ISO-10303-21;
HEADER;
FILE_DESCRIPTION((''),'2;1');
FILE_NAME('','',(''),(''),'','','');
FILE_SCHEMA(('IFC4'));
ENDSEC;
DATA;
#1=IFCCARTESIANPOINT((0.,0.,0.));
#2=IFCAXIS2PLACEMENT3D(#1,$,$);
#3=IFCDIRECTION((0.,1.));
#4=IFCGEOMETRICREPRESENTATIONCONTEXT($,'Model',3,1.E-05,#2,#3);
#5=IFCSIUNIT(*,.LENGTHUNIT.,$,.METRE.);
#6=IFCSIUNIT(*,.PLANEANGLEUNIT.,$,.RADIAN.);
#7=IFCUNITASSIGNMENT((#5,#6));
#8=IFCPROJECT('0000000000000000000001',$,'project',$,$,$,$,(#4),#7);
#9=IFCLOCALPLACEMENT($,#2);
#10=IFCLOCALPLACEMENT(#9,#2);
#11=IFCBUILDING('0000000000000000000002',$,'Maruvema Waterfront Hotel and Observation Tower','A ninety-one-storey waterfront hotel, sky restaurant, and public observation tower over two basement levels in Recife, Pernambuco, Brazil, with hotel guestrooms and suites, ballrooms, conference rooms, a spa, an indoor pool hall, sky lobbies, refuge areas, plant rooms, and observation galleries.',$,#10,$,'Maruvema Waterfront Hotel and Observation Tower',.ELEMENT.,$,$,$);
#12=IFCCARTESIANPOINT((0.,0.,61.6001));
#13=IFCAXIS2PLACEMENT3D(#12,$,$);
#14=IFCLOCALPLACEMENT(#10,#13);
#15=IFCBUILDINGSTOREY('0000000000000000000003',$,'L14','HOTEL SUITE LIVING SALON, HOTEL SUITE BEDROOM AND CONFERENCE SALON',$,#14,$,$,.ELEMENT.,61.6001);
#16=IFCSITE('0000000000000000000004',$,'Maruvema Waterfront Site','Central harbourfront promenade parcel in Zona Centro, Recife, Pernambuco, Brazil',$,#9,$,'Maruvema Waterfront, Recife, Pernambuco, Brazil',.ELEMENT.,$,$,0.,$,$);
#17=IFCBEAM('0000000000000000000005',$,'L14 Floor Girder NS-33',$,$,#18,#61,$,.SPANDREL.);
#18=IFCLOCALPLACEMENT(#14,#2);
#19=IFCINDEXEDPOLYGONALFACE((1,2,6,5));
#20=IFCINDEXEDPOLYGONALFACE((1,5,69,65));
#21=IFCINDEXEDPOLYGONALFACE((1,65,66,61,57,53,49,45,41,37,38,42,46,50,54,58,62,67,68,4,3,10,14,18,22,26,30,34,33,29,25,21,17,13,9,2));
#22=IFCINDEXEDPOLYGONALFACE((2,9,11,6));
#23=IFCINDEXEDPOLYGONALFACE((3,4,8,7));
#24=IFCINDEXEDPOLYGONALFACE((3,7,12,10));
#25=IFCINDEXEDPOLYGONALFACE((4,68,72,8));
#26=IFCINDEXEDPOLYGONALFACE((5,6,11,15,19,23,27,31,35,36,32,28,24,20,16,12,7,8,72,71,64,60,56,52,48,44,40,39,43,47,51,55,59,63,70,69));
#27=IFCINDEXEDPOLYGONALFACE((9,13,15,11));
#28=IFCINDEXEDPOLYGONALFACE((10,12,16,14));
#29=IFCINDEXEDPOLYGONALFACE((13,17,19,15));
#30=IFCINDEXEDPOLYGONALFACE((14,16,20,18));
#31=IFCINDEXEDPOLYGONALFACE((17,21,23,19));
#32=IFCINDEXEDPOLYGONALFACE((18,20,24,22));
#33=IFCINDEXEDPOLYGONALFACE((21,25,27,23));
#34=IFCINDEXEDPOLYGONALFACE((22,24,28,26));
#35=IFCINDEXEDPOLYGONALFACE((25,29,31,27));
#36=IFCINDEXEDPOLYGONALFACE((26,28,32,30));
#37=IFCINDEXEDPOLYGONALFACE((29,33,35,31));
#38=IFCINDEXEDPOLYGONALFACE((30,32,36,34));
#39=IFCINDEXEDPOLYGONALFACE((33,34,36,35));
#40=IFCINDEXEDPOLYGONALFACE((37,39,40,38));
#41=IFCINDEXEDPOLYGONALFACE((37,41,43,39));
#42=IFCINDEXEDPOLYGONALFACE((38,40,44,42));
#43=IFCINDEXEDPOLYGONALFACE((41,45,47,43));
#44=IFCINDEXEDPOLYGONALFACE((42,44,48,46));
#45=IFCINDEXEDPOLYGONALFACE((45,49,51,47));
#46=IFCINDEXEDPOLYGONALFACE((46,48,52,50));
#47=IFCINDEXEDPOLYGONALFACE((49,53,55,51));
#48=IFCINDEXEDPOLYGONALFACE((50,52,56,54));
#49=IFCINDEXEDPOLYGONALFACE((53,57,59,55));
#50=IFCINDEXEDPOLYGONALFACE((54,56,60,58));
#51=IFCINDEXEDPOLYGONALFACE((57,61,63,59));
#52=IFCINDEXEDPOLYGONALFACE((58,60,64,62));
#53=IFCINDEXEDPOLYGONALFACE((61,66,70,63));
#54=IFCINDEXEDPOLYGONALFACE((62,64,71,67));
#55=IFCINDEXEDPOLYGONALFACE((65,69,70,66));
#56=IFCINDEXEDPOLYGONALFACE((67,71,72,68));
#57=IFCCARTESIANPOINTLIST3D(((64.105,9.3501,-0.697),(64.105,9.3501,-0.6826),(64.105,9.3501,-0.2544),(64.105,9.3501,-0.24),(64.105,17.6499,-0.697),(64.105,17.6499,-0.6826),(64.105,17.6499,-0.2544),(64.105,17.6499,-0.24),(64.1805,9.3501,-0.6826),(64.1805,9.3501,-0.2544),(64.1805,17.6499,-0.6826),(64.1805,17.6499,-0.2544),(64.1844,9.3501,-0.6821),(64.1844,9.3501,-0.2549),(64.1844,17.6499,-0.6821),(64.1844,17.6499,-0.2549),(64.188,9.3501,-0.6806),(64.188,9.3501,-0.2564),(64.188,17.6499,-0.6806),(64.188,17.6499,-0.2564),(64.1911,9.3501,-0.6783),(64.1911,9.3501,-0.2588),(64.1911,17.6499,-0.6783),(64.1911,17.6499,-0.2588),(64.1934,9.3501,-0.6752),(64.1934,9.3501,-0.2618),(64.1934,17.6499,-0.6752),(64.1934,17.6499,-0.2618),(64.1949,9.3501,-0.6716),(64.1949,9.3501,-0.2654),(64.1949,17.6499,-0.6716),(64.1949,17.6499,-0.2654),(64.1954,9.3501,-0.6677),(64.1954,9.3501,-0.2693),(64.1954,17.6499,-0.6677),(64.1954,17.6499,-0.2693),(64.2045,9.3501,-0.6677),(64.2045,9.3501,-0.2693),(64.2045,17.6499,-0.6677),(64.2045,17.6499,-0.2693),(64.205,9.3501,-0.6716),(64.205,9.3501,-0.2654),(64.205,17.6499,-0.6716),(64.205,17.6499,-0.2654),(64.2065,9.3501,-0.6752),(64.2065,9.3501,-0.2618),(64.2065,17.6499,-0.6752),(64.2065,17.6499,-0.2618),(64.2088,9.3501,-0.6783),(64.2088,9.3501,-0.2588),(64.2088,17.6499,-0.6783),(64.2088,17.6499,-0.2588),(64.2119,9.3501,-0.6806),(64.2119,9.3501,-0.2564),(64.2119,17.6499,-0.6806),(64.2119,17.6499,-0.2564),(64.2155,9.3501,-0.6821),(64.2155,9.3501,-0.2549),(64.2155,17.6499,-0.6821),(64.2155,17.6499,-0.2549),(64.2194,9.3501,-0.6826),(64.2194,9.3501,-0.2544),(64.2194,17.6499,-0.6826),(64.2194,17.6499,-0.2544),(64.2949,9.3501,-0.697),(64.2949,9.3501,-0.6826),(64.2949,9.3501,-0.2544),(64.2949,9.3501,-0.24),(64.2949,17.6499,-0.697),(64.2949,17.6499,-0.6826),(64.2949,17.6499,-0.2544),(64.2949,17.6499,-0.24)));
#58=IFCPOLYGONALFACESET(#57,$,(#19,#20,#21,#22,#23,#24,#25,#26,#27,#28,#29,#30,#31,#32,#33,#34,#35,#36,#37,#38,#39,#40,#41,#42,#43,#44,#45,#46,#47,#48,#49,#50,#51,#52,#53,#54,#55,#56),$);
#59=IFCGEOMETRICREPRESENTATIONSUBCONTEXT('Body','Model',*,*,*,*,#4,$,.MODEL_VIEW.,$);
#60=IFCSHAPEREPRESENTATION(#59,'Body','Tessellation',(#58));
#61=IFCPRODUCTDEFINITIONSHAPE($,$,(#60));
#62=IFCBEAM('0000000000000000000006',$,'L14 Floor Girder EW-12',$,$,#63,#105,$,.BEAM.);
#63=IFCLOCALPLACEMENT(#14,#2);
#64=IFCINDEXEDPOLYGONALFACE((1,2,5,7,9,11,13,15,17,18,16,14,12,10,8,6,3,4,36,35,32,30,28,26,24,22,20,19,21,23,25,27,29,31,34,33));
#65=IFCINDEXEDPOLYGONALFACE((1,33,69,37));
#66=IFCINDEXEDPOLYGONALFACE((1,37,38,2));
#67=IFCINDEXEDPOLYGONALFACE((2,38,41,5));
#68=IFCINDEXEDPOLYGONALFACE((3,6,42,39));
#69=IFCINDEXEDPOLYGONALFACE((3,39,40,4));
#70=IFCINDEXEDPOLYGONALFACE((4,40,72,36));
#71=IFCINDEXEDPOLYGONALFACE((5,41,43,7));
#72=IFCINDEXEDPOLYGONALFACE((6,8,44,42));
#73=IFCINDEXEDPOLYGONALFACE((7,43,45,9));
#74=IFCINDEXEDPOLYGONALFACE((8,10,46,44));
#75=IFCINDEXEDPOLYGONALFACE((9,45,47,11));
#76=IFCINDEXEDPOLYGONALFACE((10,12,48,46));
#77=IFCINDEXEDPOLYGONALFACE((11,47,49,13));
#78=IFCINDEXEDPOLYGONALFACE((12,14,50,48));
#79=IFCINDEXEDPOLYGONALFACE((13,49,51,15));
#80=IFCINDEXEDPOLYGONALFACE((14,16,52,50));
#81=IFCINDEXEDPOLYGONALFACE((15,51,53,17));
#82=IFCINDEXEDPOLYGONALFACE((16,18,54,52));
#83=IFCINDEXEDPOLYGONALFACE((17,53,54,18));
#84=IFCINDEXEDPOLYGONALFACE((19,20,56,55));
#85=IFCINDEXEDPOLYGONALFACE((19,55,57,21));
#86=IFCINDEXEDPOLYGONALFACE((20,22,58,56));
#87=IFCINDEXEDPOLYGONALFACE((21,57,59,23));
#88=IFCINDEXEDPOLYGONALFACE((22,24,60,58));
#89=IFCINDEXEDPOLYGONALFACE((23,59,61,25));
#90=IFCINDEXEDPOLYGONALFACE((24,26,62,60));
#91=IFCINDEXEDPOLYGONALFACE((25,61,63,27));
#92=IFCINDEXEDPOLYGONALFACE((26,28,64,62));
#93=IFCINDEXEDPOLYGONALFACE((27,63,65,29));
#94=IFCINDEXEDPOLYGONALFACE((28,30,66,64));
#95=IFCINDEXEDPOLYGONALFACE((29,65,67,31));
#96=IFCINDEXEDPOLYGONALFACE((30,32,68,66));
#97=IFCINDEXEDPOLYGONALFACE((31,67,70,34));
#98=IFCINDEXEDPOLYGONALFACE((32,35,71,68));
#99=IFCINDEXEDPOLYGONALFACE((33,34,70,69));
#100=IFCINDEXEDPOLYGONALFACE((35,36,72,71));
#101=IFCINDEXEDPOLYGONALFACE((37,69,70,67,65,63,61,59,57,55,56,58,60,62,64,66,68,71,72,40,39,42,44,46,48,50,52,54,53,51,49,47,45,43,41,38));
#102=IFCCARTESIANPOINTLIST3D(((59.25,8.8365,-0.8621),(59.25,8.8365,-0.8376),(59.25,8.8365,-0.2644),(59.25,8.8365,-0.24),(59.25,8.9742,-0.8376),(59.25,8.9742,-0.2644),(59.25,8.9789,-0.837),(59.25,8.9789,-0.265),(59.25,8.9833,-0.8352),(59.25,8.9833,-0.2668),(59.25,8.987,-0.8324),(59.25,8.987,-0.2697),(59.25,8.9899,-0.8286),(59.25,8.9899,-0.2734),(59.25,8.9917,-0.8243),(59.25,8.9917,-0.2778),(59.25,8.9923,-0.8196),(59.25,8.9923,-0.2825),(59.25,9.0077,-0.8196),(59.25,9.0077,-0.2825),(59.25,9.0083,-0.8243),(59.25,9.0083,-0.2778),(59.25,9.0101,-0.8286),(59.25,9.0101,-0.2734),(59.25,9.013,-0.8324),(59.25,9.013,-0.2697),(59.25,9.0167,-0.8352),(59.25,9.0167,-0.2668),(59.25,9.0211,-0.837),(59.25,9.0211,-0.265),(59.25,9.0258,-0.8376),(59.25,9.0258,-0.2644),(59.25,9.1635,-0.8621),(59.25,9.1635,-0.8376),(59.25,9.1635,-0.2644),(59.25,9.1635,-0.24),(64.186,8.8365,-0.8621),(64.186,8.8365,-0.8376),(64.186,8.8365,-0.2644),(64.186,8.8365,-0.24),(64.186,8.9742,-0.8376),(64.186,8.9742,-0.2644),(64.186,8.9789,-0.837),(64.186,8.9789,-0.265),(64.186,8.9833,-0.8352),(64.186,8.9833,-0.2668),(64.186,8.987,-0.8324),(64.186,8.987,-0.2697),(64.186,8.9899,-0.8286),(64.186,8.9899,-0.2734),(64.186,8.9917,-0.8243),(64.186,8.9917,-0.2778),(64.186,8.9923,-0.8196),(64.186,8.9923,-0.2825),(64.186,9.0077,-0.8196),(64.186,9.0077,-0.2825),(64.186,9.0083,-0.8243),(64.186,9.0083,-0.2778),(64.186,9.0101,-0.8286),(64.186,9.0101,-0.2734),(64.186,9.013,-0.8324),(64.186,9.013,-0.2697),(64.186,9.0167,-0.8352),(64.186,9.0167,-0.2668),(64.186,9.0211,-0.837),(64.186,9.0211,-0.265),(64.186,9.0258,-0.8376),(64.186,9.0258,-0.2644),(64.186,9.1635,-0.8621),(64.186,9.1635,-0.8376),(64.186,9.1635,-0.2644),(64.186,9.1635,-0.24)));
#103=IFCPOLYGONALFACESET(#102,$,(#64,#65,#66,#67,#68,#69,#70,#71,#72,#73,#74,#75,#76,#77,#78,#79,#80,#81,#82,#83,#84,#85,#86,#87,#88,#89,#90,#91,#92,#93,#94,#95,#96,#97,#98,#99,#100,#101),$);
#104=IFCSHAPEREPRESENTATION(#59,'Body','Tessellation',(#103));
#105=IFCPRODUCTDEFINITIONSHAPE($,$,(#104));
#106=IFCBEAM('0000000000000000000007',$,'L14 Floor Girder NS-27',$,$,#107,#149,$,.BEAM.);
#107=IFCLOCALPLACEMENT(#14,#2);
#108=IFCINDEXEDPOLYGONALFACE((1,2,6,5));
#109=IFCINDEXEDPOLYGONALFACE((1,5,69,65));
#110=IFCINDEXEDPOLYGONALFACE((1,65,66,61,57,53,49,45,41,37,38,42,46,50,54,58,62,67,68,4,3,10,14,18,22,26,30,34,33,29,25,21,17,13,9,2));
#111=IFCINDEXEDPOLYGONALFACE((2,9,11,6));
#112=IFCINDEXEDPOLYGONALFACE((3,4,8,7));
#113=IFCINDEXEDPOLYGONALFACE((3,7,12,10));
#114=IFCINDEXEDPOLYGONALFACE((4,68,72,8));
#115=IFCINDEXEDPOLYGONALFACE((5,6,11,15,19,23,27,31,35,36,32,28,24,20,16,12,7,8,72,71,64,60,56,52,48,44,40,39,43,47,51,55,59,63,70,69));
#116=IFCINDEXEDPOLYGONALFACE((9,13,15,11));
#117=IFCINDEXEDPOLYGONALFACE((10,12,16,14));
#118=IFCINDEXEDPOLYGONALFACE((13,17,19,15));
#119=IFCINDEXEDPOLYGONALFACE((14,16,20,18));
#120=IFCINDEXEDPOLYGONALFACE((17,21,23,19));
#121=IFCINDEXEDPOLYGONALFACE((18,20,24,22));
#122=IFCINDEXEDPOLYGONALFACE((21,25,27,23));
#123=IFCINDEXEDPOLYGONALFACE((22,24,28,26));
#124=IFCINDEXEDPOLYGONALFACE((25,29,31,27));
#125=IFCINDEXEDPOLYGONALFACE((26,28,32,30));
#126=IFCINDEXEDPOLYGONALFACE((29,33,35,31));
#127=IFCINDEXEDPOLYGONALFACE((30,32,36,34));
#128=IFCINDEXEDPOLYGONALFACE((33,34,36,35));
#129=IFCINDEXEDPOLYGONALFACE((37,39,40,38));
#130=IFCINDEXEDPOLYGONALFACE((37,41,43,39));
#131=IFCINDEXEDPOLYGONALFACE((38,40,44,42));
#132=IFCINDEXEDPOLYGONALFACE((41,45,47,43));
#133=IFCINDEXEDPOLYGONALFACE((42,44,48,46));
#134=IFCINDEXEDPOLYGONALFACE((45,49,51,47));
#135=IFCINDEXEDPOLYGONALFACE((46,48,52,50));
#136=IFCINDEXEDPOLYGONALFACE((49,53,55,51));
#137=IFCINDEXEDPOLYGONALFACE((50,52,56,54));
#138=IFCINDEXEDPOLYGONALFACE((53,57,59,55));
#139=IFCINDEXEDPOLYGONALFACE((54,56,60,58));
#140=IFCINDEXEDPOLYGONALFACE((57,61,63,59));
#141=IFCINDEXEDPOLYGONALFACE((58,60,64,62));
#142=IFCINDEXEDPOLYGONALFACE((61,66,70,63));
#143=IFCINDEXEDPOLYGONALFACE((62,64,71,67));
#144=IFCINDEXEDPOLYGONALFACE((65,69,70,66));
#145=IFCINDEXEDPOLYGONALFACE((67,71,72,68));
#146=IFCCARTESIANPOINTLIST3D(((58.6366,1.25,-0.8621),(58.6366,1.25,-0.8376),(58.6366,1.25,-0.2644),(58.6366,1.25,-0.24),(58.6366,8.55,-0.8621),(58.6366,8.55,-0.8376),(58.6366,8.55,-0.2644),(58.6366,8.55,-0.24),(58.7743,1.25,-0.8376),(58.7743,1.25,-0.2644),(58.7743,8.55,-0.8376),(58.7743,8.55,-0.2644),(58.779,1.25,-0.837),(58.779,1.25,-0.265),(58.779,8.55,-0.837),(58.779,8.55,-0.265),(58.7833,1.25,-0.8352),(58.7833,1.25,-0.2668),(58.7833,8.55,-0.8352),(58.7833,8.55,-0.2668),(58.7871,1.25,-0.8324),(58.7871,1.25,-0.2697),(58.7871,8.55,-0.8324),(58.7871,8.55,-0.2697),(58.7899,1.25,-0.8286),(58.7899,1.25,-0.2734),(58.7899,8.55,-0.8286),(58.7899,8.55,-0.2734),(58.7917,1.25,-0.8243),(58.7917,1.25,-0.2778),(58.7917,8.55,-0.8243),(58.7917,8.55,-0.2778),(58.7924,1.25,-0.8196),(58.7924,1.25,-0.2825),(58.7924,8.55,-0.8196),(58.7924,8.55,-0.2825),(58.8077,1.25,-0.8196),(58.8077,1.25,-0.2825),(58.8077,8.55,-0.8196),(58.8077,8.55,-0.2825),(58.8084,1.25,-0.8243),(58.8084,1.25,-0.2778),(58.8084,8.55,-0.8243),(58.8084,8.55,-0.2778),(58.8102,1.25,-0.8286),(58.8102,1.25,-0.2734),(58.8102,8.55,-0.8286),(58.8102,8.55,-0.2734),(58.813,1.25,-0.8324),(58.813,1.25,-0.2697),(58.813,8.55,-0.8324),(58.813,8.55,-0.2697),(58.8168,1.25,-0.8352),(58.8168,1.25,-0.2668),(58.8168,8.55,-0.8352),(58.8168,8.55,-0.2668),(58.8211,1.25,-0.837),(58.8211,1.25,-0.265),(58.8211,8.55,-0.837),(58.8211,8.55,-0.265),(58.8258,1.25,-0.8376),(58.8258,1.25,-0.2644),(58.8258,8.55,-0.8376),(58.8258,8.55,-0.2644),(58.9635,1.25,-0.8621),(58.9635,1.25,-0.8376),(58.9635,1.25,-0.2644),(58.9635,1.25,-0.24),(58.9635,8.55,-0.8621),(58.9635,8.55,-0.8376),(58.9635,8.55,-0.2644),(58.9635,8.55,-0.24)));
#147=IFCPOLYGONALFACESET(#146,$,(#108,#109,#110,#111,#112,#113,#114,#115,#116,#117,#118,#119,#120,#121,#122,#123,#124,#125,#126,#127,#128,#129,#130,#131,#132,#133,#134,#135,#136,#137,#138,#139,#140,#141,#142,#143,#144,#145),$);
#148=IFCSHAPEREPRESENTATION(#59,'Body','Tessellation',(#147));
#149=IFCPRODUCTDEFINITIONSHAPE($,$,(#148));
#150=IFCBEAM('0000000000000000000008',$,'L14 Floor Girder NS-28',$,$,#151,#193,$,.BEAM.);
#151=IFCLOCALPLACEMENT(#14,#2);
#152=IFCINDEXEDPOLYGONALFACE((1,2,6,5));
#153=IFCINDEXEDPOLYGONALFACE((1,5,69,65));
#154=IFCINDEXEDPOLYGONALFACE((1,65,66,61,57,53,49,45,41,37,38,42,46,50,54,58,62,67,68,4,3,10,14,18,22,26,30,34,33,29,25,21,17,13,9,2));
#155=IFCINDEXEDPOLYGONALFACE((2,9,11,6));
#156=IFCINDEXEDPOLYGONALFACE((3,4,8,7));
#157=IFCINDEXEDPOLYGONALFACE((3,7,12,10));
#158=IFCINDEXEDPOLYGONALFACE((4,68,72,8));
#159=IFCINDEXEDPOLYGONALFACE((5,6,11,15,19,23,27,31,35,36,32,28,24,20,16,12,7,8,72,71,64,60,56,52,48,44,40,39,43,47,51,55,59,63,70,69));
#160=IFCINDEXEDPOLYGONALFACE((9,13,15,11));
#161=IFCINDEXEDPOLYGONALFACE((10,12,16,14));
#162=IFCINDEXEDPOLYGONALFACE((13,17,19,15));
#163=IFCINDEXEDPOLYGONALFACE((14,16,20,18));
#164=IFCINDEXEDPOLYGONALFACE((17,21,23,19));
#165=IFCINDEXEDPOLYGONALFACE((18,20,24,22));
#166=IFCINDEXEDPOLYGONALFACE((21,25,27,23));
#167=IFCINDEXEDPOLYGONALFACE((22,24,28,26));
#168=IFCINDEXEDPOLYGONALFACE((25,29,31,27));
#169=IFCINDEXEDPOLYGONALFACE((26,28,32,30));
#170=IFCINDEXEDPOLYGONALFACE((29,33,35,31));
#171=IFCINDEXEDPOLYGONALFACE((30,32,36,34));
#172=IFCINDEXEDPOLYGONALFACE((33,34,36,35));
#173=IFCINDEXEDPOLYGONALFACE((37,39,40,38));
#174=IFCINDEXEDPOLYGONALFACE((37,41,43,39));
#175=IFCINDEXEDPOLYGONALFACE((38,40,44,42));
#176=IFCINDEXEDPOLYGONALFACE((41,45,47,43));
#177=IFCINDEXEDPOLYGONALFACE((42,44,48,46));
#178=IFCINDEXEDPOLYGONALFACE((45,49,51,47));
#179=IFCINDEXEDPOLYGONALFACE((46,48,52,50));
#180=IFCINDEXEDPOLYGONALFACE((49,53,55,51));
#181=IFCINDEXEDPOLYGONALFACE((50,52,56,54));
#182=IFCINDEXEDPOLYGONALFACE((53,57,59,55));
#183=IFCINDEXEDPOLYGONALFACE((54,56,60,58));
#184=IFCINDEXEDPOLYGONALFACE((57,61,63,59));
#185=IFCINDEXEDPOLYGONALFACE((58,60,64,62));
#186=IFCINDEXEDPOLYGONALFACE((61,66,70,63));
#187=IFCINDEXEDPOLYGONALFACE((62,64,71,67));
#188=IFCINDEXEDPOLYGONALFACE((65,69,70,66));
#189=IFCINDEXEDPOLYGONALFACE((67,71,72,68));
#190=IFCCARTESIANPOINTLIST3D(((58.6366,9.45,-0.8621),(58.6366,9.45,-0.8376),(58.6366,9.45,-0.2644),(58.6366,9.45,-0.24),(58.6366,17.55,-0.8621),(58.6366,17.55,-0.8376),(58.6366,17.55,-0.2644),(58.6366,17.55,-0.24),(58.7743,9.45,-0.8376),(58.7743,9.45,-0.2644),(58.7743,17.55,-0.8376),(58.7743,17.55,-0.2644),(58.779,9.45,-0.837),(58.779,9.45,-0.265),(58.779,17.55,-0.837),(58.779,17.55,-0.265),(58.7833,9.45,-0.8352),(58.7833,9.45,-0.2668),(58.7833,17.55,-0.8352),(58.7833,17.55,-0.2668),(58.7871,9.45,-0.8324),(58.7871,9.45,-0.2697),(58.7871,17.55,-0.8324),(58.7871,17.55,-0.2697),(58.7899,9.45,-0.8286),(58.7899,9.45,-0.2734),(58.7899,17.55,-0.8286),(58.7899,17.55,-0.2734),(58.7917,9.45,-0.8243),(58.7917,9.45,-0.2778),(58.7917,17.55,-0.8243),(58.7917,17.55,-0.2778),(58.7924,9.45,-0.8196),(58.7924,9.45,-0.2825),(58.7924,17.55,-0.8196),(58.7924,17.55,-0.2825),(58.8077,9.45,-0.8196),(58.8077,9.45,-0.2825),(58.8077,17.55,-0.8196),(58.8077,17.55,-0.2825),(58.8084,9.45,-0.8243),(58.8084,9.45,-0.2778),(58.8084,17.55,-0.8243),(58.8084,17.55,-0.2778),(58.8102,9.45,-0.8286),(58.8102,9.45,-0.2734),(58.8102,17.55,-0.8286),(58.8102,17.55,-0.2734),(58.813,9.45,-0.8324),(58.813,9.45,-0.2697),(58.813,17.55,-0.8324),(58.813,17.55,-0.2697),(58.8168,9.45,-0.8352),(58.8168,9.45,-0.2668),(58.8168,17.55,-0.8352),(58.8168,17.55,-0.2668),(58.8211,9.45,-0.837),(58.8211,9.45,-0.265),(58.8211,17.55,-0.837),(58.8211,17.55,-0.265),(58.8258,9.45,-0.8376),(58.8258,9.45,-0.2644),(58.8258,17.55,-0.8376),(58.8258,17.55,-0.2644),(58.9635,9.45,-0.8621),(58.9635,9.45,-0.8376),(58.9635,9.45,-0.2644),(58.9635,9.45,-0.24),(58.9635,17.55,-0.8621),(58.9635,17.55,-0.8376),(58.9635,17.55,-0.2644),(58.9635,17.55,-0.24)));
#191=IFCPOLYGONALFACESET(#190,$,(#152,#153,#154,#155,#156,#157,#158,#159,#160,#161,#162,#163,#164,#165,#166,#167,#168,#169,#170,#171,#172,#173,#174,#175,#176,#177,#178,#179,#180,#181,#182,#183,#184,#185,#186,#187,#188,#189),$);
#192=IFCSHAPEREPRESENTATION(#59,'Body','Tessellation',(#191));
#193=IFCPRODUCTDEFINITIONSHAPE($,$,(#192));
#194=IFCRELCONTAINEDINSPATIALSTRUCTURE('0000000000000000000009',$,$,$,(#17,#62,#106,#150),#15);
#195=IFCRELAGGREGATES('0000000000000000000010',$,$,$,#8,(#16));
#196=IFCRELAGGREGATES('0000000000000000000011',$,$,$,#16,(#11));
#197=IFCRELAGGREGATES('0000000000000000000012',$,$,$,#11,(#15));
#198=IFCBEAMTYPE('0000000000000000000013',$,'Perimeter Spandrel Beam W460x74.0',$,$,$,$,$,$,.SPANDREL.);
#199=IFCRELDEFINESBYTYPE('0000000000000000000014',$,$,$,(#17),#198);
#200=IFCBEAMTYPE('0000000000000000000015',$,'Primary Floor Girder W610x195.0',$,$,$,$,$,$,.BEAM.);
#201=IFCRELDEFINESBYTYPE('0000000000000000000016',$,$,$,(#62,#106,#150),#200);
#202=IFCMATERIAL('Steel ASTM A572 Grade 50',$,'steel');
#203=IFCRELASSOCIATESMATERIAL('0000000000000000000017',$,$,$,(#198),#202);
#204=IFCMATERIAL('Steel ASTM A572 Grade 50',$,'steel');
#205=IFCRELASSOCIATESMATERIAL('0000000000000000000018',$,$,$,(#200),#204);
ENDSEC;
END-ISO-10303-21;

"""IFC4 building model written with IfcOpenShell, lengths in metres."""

from ifc_helpers import new_model, si_unit, direction, frame, origin, origin_2d, place, context, subcontext, project, spatial, i_section, extrude, material, material_profile, profile_set, type_object, element, save


model = new_model("IFC4")

# Units and contexts
model_context = context("Model", 3, precision=1e-05, world=origin(), true_north=direction((0.0, 1.0)))
body_context = subcontext(model_context, "Body", "Model", "MODEL_VIEW")
ifc_project = project(units=[si_unit("LENGTHUNIT", "METRE"), si_unit("PLANEANGLEUNIT", "RADIAN")], contexts=[model_context])

# Site, building, storey
site_placement = place(None, origin())
site = spatial("IfcSite", under=ifc_project, at=site_placement, Name="Maruvema Waterfront Site", Description="Central harbourfront promenade parcel in Zona Centro, Recife, Pernambuco, Brazil", LongName="Maruvema Waterfront, Recife, Pernambuco, Brazil", CompositionType="ELEMENT", RefElevation=0.0)
building_placement = place(site_placement, origin())
building = spatial("IfcBuilding", under=site, at=building_placement, Name="Maruvema Waterfront Hotel and Observation Tower", Description="A ninety-one-storey waterfront hotel, sky restaurant, and public observation tower over two basement levels in Recife, Pernambuco, Brazil, with hotel guestrooms and suites, ballrooms, conference rooms, a spa, an indoor pool hall, sky lobbies, refuge areas, plant rooms, and observation galleries.", LongName="Maruvema Waterfront Hotel and Observation Tower", CompositionType="ELEMENT")
storey_placement = place(building_placement, frame((0.0, 0.0, 61.6001)))
storey = spatial("IfcBuildingStorey", under=building, at=storey_placement, Name="L14", Description="HOTEL SUITE LIVING SALON, HOTEL SUITE BEDROOM AND CONFERENCE SALON", CompositionType="ELEMENT", Elevation=61.6001)

# Beams
ifc_material_1 = material(Name="Steel ASTM A572 Grade 50", Category="steel")
ifc_material_profile_1 = material_profile(ifc_material_1, i_section(OverallWidth=0.1899, OverallDepth=0.457, WebThickness=0.009, FlangeThickness=0.0144, FilletRadius=0.0149, at=origin_2d()), Name="W460x74.0")
ifc_profile_set_1 = profile_set([ifc_material_profile_1], Name="Steel ASTM A572 Grade 50")
beam_type_1 = type_object("IfcBeamType", Name="Perimeter Spandrel Beam W460x74.0", PredefinedType="SPANDREL", material=ifc_profile_set_1)
beam_1_placement = place(storey_placement, frame((64.2, 9.3501, -0.4685), z_axis=(0.0, 1.0, 0.0), x_axis=(-1.0, 0.0, 0.0)))
element("IfcBeam", 1, at=beam_1_placement, inside=storey, type_object=beam_type_1, Name="L14 Floor Girder NS-33", PredefinedType="SPANDREL", context=body_context, shape_type="SweptSolid", body=[
    extrude(i_section(OverallWidth=0.1899, OverallDepth=0.457, WebThickness=0.009, FlangeThickness=0.0144, FilletRadius=0.0149, at=origin_2d()), origin(), (0.0, 0.0, 1.0), 8.2998),
])
ifc_material_2 = material(Name="Steel ASTM A572 Grade 50", Category="steel")
ifc_material_profile_2 = material_profile(ifc_material_2, i_section(OverallWidth=0.3269, OverallDepth=0.6221, WebThickness=0.0154, FlangeThickness=0.0244, FilletRadius=0.0181, at=origin_2d()), Name="W610x195.0")
ifc_profile_set_2 = profile_set([ifc_material_profile_2], Name="Steel ASTM A572 Grade 50")
beam_type_2 = type_object("IfcBeamType", Name="Primary Floor Girder W610x195.0", PredefinedType="BEAM", material=ifc_profile_set_2)
beam_2_placement = place(storey_placement, frame((59.25, 9.0, -0.551), z_axis=(1.0, 0.0, 0.0), x_axis=(0.0, 1.0, 0.0)))
element("IfcBeam", 2, at=beam_2_placement, inside=storey, type_object=beam_type_2, Name="L14 Floor Girder EW-12", PredefinedType="BEAM", context=body_context, shape_type="SweptSolid", body=[
    extrude(i_section(OverallWidth=0.3269, OverallDepth=0.6221, WebThickness=0.0154, FlangeThickness=0.0244, FilletRadius=0.0181, at=origin_2d()), origin(), (0.0, 0.0, 1.0), 4.936),
])
beam_3_placement = place(storey_placement, frame((58.8, 1.25, -0.551), z_axis=(0.0, 1.0, 0.0), x_axis=(-1.0, 0.0, 0.0)))
element("IfcBeam", 3, at=beam_3_placement, inside=storey, type_object=beam_type_2, Name="L14 Floor Girder NS-27", PredefinedType="BEAM", context=body_context, shape_type="SweptSolid", body=[
    extrude(i_section(OverallWidth=0.3269, OverallDepth=0.6221, WebThickness=0.0154, FlangeThickness=0.0244, FilletRadius=0.0181, at=origin_2d()), origin(), (0.0, 0.0, 1.0), 7.3),
])
beam_4_placement = place(storey_placement, frame((58.8, 9.45, -0.551), z_axis=(0.0, 1.0, 0.0), x_axis=(-1.0, 0.0, 0.0)))
element("IfcBeam", 4, at=beam_4_placement, inside=storey, type_object=beam_type_2, Name="L14 Floor Girder NS-28", PredefinedType="BEAM", context=body_context, shape_type="SweptSolid", body=[
    extrude(i_section(OverallWidth=0.3269, OverallDepth=0.6221, WebThickness=0.0154, FlangeThickness=0.0244, FilletRadius=0.0181, at=origin_2d()), origin(), (0.0, 0.0, 1.0), 8.1001),
])

save(model, "model.ifc")
